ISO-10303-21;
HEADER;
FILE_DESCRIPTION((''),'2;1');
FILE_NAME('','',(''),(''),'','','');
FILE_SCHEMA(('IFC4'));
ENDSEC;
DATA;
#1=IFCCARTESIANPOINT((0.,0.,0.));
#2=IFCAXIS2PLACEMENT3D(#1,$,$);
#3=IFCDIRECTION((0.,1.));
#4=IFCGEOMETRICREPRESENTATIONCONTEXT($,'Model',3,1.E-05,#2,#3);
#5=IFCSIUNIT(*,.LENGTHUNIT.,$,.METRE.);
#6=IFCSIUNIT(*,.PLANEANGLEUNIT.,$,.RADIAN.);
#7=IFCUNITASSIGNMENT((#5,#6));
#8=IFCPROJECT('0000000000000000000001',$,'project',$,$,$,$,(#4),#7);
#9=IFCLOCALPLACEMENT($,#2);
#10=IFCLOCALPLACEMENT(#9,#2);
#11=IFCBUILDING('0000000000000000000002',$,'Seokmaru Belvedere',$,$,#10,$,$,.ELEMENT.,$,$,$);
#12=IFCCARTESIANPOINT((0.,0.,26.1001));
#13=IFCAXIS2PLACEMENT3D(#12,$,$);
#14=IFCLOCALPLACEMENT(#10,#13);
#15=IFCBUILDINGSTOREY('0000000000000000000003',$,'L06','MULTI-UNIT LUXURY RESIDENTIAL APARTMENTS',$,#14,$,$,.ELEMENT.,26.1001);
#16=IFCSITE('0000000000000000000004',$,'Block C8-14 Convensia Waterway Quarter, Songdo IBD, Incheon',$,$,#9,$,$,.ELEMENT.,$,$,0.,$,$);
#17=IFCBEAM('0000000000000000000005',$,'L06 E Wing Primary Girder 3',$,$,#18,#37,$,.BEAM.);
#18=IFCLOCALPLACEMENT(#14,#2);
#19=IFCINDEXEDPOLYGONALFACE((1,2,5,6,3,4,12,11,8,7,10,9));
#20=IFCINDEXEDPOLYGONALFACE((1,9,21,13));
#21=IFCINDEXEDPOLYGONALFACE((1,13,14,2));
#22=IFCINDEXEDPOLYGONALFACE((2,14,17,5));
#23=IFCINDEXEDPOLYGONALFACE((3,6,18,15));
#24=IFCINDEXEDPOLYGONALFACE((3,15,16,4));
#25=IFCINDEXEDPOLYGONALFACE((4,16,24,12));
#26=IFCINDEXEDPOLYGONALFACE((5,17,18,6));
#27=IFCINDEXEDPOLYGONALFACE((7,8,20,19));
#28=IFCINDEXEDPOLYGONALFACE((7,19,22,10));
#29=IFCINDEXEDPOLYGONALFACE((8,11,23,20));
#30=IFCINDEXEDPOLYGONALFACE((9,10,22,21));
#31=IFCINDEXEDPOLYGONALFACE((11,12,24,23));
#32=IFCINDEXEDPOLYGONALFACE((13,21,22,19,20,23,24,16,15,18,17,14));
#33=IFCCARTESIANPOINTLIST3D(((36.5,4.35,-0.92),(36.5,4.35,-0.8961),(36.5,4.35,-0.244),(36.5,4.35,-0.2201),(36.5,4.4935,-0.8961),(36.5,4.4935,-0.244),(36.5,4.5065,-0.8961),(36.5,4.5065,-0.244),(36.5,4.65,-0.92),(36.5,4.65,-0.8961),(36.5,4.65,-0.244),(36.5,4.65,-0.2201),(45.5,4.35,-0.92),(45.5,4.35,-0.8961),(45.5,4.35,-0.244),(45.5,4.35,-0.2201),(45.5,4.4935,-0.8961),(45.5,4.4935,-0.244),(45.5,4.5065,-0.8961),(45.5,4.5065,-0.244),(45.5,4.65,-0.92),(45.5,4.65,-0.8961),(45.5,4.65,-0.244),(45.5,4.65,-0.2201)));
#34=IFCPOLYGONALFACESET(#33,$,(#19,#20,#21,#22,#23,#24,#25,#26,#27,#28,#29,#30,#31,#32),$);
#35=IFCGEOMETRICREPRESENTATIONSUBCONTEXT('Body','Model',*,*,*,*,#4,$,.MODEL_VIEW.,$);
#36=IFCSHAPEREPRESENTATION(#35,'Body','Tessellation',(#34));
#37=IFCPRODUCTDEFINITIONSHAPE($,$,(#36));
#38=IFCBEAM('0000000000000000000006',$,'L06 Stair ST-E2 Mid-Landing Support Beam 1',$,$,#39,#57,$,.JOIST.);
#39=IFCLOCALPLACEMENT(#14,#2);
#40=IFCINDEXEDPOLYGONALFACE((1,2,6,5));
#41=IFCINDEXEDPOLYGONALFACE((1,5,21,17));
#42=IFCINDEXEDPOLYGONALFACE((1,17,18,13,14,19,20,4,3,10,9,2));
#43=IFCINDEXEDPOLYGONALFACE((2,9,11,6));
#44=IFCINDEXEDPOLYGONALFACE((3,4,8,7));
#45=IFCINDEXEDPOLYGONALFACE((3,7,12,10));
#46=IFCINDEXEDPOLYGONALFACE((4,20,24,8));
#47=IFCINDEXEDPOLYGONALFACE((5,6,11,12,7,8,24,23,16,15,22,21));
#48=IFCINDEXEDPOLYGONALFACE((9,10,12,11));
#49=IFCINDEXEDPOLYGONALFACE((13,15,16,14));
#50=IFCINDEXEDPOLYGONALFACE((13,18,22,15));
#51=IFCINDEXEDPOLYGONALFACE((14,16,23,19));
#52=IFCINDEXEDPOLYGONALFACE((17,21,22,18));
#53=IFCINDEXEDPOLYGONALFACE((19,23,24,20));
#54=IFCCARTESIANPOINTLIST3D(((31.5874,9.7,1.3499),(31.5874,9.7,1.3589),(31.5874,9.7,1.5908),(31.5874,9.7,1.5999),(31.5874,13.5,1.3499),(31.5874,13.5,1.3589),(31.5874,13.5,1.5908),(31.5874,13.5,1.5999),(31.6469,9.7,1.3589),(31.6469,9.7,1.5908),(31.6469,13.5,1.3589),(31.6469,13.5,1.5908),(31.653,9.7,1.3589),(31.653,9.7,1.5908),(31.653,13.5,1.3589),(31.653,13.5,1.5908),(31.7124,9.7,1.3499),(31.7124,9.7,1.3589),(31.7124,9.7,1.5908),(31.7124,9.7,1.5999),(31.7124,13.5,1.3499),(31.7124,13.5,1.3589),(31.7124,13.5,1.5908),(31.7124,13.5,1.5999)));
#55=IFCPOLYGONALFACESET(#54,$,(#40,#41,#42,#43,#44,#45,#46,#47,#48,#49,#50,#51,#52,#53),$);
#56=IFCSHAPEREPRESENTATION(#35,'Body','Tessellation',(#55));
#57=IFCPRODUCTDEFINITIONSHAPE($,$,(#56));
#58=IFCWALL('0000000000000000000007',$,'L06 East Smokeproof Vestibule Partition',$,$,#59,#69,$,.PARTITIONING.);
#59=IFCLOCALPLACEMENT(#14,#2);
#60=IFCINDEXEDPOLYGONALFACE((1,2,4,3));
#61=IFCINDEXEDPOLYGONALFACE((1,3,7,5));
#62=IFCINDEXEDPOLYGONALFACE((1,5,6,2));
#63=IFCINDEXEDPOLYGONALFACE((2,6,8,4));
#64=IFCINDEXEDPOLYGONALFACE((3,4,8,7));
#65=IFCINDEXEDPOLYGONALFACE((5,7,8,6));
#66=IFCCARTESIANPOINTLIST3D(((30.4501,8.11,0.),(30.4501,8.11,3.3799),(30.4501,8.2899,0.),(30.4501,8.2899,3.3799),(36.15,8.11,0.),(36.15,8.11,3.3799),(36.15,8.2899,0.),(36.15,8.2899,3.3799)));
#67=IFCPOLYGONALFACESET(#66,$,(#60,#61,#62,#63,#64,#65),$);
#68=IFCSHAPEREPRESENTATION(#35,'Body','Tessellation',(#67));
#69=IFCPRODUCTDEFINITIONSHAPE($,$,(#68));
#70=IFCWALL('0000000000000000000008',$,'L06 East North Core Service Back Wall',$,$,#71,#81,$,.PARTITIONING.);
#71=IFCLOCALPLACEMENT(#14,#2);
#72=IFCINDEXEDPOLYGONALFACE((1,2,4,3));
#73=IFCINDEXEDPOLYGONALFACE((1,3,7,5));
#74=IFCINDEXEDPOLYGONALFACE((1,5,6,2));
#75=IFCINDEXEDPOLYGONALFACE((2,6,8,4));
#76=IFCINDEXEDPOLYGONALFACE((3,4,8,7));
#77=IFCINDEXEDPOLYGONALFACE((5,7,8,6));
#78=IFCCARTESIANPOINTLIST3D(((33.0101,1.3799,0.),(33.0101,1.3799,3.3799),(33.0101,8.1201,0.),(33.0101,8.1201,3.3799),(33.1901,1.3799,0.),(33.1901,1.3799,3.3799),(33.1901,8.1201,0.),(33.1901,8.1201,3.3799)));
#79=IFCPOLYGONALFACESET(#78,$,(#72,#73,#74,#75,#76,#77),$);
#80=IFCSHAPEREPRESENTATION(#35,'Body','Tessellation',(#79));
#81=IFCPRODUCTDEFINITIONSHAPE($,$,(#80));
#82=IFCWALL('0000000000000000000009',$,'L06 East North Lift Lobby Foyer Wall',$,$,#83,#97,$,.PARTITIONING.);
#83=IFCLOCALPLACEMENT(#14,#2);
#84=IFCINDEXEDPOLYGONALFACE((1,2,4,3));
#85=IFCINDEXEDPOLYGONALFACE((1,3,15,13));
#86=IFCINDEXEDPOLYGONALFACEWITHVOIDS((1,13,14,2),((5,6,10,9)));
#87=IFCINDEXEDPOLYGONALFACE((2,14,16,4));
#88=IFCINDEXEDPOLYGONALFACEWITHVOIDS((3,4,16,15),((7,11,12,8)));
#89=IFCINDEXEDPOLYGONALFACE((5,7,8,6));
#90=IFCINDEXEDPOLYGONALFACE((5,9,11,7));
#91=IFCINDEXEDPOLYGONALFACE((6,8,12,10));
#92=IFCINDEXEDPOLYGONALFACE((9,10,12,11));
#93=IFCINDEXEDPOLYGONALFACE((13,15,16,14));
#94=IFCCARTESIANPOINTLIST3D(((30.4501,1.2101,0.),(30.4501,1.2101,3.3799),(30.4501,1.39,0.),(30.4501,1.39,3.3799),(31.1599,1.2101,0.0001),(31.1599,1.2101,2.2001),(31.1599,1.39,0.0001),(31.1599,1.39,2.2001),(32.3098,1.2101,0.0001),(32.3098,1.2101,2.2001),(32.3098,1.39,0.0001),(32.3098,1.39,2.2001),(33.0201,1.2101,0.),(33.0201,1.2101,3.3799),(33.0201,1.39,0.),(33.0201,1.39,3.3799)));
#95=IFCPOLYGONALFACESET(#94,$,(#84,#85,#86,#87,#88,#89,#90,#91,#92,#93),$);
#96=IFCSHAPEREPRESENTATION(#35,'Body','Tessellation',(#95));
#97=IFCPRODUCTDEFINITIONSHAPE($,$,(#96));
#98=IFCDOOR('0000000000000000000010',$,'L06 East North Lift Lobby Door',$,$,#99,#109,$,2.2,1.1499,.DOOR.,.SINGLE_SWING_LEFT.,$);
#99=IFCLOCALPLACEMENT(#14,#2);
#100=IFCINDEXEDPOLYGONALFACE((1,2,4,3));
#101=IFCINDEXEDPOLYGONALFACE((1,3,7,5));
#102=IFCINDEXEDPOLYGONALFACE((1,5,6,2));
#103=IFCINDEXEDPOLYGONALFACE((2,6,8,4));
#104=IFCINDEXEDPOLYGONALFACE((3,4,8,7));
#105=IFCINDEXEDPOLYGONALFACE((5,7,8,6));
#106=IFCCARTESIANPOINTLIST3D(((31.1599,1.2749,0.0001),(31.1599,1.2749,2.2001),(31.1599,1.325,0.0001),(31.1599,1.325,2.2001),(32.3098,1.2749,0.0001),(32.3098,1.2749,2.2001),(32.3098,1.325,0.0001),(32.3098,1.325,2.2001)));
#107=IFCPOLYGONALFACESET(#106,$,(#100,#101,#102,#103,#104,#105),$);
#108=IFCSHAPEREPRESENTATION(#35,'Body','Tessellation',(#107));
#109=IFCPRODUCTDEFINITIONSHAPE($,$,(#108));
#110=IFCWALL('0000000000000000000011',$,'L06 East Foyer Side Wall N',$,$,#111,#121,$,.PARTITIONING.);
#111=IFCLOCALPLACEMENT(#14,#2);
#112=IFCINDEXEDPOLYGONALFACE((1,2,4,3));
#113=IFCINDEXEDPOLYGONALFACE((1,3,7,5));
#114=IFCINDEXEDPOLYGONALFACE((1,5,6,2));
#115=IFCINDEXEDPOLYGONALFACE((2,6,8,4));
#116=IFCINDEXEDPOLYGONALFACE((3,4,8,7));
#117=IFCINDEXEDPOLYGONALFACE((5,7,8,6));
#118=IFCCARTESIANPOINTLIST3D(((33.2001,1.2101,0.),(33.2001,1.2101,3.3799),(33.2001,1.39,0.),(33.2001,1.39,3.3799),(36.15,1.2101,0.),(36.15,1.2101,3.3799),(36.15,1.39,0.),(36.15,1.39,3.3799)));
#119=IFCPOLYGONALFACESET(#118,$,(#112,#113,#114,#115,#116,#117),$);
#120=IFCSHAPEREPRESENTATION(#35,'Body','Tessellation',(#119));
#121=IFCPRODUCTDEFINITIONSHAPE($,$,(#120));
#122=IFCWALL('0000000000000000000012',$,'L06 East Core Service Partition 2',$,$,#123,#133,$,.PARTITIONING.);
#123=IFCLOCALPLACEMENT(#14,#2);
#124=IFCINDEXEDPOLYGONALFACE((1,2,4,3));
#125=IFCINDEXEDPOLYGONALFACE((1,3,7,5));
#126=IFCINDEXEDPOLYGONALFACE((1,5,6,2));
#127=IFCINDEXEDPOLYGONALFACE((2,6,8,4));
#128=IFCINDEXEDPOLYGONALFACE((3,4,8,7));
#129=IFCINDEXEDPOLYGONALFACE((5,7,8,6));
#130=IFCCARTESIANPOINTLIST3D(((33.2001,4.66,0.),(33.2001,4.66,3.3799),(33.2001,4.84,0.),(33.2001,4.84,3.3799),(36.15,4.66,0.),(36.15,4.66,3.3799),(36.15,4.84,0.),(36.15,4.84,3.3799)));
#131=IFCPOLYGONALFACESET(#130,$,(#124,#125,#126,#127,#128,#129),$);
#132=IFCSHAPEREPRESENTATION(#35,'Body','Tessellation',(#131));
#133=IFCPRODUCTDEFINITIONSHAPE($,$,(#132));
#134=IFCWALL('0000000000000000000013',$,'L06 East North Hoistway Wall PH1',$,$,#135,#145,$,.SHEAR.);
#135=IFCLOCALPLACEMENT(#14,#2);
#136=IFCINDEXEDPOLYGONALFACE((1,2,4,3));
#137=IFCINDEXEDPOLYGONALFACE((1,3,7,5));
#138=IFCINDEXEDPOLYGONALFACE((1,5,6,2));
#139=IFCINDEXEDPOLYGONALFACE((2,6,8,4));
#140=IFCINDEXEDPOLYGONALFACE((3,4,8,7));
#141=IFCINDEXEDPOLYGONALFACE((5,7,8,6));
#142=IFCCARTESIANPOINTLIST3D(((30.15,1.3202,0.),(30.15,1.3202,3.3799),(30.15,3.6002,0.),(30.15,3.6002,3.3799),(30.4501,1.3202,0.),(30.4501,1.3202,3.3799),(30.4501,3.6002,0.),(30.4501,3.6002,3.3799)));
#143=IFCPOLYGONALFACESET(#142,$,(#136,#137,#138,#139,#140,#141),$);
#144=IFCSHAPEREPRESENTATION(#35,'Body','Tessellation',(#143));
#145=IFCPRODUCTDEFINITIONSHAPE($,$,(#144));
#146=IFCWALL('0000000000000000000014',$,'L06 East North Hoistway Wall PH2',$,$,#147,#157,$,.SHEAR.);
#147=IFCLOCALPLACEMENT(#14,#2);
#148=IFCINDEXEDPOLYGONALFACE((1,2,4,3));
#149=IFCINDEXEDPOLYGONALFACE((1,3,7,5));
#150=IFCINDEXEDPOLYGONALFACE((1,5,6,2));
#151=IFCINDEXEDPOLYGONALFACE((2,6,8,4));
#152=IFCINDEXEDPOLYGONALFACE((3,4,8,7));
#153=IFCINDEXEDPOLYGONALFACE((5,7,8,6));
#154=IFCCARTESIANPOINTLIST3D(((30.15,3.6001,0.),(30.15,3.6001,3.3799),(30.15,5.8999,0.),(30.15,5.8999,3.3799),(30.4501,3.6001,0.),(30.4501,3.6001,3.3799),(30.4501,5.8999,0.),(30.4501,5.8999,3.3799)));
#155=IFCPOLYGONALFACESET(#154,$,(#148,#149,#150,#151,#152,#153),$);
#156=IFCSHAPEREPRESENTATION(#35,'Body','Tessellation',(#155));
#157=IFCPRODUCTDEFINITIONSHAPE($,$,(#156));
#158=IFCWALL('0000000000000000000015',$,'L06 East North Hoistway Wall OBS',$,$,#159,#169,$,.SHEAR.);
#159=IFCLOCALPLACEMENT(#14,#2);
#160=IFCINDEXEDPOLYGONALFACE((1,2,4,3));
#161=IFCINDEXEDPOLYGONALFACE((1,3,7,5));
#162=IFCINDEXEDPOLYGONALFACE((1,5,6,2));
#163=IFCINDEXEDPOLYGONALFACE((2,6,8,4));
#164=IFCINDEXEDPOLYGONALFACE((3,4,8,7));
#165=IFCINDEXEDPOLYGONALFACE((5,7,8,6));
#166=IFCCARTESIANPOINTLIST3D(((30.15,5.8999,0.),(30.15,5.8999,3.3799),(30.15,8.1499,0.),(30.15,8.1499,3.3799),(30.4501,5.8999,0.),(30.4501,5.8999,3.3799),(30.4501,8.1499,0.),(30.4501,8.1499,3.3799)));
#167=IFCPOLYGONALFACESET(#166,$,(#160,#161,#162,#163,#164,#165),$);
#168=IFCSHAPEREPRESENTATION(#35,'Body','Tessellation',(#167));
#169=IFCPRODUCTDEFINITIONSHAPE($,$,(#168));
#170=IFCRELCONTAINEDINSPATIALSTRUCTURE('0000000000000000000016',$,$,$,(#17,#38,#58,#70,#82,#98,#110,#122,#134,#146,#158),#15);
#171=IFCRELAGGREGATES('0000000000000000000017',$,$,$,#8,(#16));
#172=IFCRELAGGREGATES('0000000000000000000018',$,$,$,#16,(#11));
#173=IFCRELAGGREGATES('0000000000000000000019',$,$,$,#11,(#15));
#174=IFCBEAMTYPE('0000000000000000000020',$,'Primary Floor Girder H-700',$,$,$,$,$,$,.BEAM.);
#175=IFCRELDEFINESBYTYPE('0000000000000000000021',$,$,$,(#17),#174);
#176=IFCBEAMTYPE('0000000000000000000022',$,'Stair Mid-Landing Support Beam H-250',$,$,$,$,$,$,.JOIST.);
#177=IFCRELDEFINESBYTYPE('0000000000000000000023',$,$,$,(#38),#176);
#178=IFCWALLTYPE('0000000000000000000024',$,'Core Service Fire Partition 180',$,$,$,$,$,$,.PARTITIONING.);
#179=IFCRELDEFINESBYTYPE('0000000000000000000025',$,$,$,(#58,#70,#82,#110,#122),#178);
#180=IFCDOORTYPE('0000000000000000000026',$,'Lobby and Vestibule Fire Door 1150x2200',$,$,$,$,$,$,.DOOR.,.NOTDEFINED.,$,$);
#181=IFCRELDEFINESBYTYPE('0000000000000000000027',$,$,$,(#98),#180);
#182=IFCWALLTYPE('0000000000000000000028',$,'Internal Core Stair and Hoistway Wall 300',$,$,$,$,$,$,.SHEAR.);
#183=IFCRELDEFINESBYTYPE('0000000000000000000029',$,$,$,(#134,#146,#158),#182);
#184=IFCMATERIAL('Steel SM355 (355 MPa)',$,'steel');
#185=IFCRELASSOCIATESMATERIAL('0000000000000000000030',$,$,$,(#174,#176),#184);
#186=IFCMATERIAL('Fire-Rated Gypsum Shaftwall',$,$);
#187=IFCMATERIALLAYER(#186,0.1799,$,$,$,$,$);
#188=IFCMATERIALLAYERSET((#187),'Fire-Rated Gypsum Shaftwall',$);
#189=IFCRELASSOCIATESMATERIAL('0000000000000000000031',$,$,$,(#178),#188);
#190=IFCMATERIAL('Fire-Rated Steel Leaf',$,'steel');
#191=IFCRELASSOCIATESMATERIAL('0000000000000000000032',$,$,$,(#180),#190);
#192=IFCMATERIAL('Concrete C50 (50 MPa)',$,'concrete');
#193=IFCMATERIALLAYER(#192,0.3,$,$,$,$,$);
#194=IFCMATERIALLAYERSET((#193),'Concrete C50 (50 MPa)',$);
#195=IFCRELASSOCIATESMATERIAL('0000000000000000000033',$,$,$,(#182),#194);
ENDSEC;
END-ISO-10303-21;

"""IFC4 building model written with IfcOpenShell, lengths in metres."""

from ifc_helpers import new_model, si_unit, direction, frame, frame_2d, origin, origin_2d, place, context, subcontext, project, spatial, rectangle, i_section, extrude, source, transform, mapped, material, layer, layer_set, material_profile, profile_set, type_object, type_shapes, element, fill, save


model = new_model("IFC4")

# Units and contexts
model_context = context("Model", 3, precision=1e-05, world=origin(), true_north=direction((0.0, 1.0)))
body_context = subcontext(model_context, "Body", "Model", "MODEL_VIEW")
ifc_project = project(units=[si_unit("LENGTHUNIT", "METRE"), si_unit("PLANEANGLEUNIT", "RADIAN")], contexts=[model_context])

# Site, building, storey
site_placement = place(None, origin())
site = spatial("IfcSite", under=ifc_project, at=site_placement, Name="Block C8-14 Convensia Waterway Quarter, Songdo IBD, Incheon", CompositionType="ELEMENT", RefElevation=0.0)
building_placement = place(site_placement, origin())
building = spatial("IfcBuilding", under=site, at=building_placement, Name="Seokmaru Belvedere", CompositionType="ELEMENT")
storey_placement = place(building_placement, frame((0.0, 0.0, 26.1001)))
storey = spatial("IfcBuildingStorey", under=building, at=storey_placement, Name="L06", Description="MULTI-UNIT LUXURY RESIDENTIAL APARTMENTS", CompositionType="ELEMENT", Elevation=26.1001)

# Beams
ifc_material_1 = material(Name="Steel SM355 (355 MPa)", Category="steel")
ifc_material_profile_1 = material_profile(ifc_material_1, i_section(OverallWidth=0.3, OverallDepth=0.7, WebThickness=0.0129, FlangeThickness=0.0239, at=origin_2d()), Name="H-700x300x13x24")
ifc_profile_set_1 = profile_set([ifc_material_profile_1], Name="Steel SM355 (355 MPa)")
beam_type_1 = type_object("IfcBeamType", Name="Primary Floor Girder H-700", PredefinedType="BEAM", material=ifc_profile_set_1)
shared_shape_1 = source(origin(), body_context, "Body", "SweptSolid", [
    extrude(i_section(OverallWidth=0.3, OverallDepth=0.7, WebThickness=0.0129, FlangeThickness=0.0239, at=origin_2d()), origin(), (0.0, 0.0, 1.0), 9.0),
])
type_shapes(beam_type_1, [shared_shape_1])
beam_1_placement = place(storey_placement, frame((36.5, 4.5, -0.5701), z_axis=(1.0, 0.0, 0.0), x_axis=(0.0, 1.0, 0.0)))
element("IfcBeam", 1, at=beam_1_placement, inside=storey, type_object=beam_type_1, Name="L06 E Wing Primary Girder 3", PredefinedType="BEAM", context=body_context, shape_type="MappedRepresentation", body=[
    mapped(shared_shape_1, transform((0.0, 0.0, 0.0), scale=1.0)),
])
ifc_material_profile_2 = material_profile(ifc_material_1, i_section(OverallWidth=0.125, OverallDepth=0.25, WebThickness=0.0061, FlangeThickness=0.009, at=origin_2d()), Name="H-250x125x6x9")
ifc_profile_set_2 = profile_set([ifc_material_profile_2], Name="Steel SM355 (355 MPa)")
beam_type_2 = type_object("IfcBeamType", Name="Stair Mid-Landing Support Beam H-250", PredefinedType="JOIST", material=ifc_profile_set_2)
shared_shape_2 = source(origin(), body_context, "Body", "SweptSolid", [
    extrude(i_section(OverallWidth=0.125, OverallDepth=0.25, WebThickness=0.0061, FlangeThickness=0.009, at=origin_2d()), origin(), (0.0, 0.0, 1.0), 3.8),
])
type_shapes(beam_type_2, [shared_shape_2])
beam_2_placement = place(storey_placement, frame((31.6499, 9.7, 1.4749), z_axis=(0.0, 1.0, 0.0), x_axis=(-1.0, 0.0, 0.0)))
element("IfcBeam", 2, at=beam_2_placement, inside=storey, type_object=beam_type_2, Name="L06 Stair ST-E2 Mid-Landing Support Beam 1", PredefinedType="JOIST", context=body_context, shape_type="MappedRepresentation", body=[
    mapped(shared_shape_2, transform((0.0, 0.0, 0.0), scale=1.0)),
])

# Walls
ifc_material_2 = material(Name="Fire-Rated Gypsum Shaftwall")
ifc_layer_1 = layer(ifc_material_2, 0.1799)
ifc_layer_set_1 = layer_set([ifc_layer_1], Name="Fire-Rated Gypsum Shaftwall")
wall_type_1 = type_object("IfcWallType", Name="Core Service Fire Partition 180", PredefinedType="PARTITIONING", material=ifc_layer_set_1)
wall_1_placement = place(storey_placement, frame((30.45, 8.2, 0.0), z_axis=(0.0, 0.0, 1.0), x_axis=(1.0, 0.0, 0.0)))
element("IfcWall", 3, at=wall_1_placement, inside=storey, type_object=wall_type_1, Name="L06 East Smokeproof Vestibule Partition", PredefinedType="PARTITIONING", context=body_context, shape_type="SweptSolid", body=[
    extrude(rectangle(XDim=5.7, YDim=0.1799, at=frame_2d((2.8501, 0.0))), origin(), (0.0, 0.0, 1.0), 3.3799),
])
wall_2_placement = place(storey_placement, frame((33.1001, 1.3799, 0.0), z_axis=(0.0, 0.0, 1.0), x_axis=(0.0, 1.0, 0.0)))
element("IfcWall", 4, at=wall_2_placement, inside=storey, type_object=wall_type_1, Name="L06 East North Core Service Back Wall", PredefinedType="PARTITIONING", context=body_context, shape_type="SweptSolid", body=[
    extrude(rectangle(XDim=6.7402, YDim=0.1799, at=frame_2d((3.3701, 0.0))), origin(), (0.0, 0.0, 1.0), 3.3799),
])

# Wall, opening, door
wall_3_placement = place(storey_placement, frame((30.45, 1.3, 0.0), z_axis=(0.0, 0.0, 1.0), x_axis=(1.0, 0.0, 0.0)))
wall_3 = element("IfcWall", 5, at=wall_3_placement, inside=storey, type_object=wall_type_1, Name="L06 East North Lift Lobby Foyer Wall", PredefinedType="PARTITIONING", context=body_context, shape_type="SweptSolid", body=[
    extrude(rectangle(XDim=2.5701, YDim=0.1799, at=frame_2d((1.2852, 0.0))), origin(), (0.0, 0.0, 1.0), 3.3799),
])
opening_1_placement = place(wall_3_placement, frame((0.71, 0.0, 0.0)))
opening_1 = element("IfcOpeningElement", 6, at=opening_1_placement, cuts=wall_3, PredefinedType="OPENING", context=body_context, shape_type="SweptSolid", body=[
    extrude(rectangle(XDim=1.1499, YDim=2.2, at=frame_2d((0.575, 1.1001))), frame((0.0, 0.1001, 0.0), z_axis=(0.0, -1.0, 0.0), x_axis=(1.0, 0.0, 0.0)), (0.0, 0.0, 1.0), 0.2),
])
ifc_material_3 = material(Name="Fire-Rated Steel Leaf", Category="steel")
door_type_1 = type_object("IfcDoorType", Name="Lobby and Vestibule Fire Door 1150x2200", OperationType="NOTDEFINED", PredefinedType="DOOR", material=ifc_material_3)
shared_shape_3 = source(origin(), body_context, "Body", "SweptSolid", [
    extrude(rectangle(XDim=1.1499, YDim=2.2, at=frame_2d((0.575, 1.1001))), frame((0.0, 0.0249, 0.0), z_axis=(0.0, -1.0, 0.0), x_axis=(1.0, 0.0, 0.0)), (0.0, 0.0, 1.0), 0.05),
])
type_shapes(door_type_1, [shared_shape_3])
door_1_placement = place(opening_1_placement, origin())
door_1 = element("IfcDoor", 7, at=door_1_placement, inside=storey, type_object=door_type_1, Name="L06 East North Lift Lobby Door", OperationType="SINGLE_SWING_LEFT", OverallHeight=2.2, OverallWidth=1.1499, PredefinedType="DOOR", context=body_context, shape_type="MappedRepresentation", body=[
    mapped(shared_shape_3, transform((0.0, 0.0, 0.0), scale=1.0)),
])
fill(opening_1, door_1)

# Walls
for number, where, z_axis, x_axis, name in (
    (8, (33.2, 1.3, 0.0), (0.0, 0.0, 1.0), (1.0, 0.0, 0.0), "L06 East Foyer Side Wall N"),
    (9, (33.2, 4.75, 0.0), (0.0, 0.0, 1.0), (1.0, 0.0, 0.0), "L06 East Core Service Partition 2"),
):
    element("IfcWall", number, at=place(storey_placement, frame(where, z_axis=z_axis, x_axis=x_axis)), inside=storey, type_object=wall_type_1, Name=name, PredefinedType="PARTITIONING", context=body_context, shape_type="SweptSolid", body=[
        extrude(rectangle(XDim=2.95, YDim=0.1799, at=frame_2d((1.4751, 0.0))), origin(), (0.0, 0.0, 1.0), 3.3799),
    ])
ifc_material_4 = material(Name="Concrete C50 (50 MPa)", Category="concrete")
ifc_layer_2 = layer(ifc_material_4, 0.3)
ifc_layer_set_2 = layer_set([ifc_layer_2], Name="Concrete C50 (50 MPa)")
wall_type_2 = type_object("IfcWallType", Name="Internal Core Stair and Hoistway Wall 300", PredefinedType="SHEAR", material=ifc_layer_set_2)
wall_4_placement = place(storey_placement, frame((30.3, 1.3201, 0.0), z_axis=(0.0, 0.0, 1.0), x_axis=(0.0, 1.0, 0.0)))
element("IfcWall", 10, at=wall_4_placement, inside=storey, type_object=wall_type_2, Name="L06 East North Hoistway Wall PH1", PredefinedType="SHEAR", context=body_context, shape_type="SweptSolid", body=[
    extrude(rectangle(XDim=2.28, YDim=0.3, at=frame_2d((1.1401, 0.0))), origin(), (0.0, 0.0, 1.0), 3.3799),
])
wall_5_placement = place(storey_placement, frame((30.3, 3.6001, 0.0), z_axis=(0.0, 0.0, 1.0), x_axis=(0.0, 1.0, 0.0)))
element("IfcWall", 11, at=wall_5_placement, inside=storey, type_object=wall_type_2, Name="L06 East North Hoistway Wall PH2", PredefinedType="SHEAR", context=body_context, shape_type="SweptSolid", body=[
    extrude(rectangle(XDim=2.2998, YDim=0.3, at=frame_2d((1.1499, 0.0))), origin(), (0.0, 0.0, 1.0), 3.3799),
])
wall_6_placement = place(storey_placement, frame((30.3, 5.8999, 0.0), z_axis=(0.0, 0.0, 1.0), x_axis=(0.0, 1.0, 0.0)))
element("IfcWall", 12, at=wall_6_placement, inside=storey, type_object=wall_type_2, Name="L06 East North Hoistway Wall OBS", PredefinedType="SHEAR", context=body_context, shape_type="SweptSolid", body=[
    extrude(rectangle(XDim=2.25, YDim=0.3, at=frame_2d((1.125, 0.0))), origin(), (0.0, 0.0, 1.0), 3.3799),
])

save(model, "model.ifc")
